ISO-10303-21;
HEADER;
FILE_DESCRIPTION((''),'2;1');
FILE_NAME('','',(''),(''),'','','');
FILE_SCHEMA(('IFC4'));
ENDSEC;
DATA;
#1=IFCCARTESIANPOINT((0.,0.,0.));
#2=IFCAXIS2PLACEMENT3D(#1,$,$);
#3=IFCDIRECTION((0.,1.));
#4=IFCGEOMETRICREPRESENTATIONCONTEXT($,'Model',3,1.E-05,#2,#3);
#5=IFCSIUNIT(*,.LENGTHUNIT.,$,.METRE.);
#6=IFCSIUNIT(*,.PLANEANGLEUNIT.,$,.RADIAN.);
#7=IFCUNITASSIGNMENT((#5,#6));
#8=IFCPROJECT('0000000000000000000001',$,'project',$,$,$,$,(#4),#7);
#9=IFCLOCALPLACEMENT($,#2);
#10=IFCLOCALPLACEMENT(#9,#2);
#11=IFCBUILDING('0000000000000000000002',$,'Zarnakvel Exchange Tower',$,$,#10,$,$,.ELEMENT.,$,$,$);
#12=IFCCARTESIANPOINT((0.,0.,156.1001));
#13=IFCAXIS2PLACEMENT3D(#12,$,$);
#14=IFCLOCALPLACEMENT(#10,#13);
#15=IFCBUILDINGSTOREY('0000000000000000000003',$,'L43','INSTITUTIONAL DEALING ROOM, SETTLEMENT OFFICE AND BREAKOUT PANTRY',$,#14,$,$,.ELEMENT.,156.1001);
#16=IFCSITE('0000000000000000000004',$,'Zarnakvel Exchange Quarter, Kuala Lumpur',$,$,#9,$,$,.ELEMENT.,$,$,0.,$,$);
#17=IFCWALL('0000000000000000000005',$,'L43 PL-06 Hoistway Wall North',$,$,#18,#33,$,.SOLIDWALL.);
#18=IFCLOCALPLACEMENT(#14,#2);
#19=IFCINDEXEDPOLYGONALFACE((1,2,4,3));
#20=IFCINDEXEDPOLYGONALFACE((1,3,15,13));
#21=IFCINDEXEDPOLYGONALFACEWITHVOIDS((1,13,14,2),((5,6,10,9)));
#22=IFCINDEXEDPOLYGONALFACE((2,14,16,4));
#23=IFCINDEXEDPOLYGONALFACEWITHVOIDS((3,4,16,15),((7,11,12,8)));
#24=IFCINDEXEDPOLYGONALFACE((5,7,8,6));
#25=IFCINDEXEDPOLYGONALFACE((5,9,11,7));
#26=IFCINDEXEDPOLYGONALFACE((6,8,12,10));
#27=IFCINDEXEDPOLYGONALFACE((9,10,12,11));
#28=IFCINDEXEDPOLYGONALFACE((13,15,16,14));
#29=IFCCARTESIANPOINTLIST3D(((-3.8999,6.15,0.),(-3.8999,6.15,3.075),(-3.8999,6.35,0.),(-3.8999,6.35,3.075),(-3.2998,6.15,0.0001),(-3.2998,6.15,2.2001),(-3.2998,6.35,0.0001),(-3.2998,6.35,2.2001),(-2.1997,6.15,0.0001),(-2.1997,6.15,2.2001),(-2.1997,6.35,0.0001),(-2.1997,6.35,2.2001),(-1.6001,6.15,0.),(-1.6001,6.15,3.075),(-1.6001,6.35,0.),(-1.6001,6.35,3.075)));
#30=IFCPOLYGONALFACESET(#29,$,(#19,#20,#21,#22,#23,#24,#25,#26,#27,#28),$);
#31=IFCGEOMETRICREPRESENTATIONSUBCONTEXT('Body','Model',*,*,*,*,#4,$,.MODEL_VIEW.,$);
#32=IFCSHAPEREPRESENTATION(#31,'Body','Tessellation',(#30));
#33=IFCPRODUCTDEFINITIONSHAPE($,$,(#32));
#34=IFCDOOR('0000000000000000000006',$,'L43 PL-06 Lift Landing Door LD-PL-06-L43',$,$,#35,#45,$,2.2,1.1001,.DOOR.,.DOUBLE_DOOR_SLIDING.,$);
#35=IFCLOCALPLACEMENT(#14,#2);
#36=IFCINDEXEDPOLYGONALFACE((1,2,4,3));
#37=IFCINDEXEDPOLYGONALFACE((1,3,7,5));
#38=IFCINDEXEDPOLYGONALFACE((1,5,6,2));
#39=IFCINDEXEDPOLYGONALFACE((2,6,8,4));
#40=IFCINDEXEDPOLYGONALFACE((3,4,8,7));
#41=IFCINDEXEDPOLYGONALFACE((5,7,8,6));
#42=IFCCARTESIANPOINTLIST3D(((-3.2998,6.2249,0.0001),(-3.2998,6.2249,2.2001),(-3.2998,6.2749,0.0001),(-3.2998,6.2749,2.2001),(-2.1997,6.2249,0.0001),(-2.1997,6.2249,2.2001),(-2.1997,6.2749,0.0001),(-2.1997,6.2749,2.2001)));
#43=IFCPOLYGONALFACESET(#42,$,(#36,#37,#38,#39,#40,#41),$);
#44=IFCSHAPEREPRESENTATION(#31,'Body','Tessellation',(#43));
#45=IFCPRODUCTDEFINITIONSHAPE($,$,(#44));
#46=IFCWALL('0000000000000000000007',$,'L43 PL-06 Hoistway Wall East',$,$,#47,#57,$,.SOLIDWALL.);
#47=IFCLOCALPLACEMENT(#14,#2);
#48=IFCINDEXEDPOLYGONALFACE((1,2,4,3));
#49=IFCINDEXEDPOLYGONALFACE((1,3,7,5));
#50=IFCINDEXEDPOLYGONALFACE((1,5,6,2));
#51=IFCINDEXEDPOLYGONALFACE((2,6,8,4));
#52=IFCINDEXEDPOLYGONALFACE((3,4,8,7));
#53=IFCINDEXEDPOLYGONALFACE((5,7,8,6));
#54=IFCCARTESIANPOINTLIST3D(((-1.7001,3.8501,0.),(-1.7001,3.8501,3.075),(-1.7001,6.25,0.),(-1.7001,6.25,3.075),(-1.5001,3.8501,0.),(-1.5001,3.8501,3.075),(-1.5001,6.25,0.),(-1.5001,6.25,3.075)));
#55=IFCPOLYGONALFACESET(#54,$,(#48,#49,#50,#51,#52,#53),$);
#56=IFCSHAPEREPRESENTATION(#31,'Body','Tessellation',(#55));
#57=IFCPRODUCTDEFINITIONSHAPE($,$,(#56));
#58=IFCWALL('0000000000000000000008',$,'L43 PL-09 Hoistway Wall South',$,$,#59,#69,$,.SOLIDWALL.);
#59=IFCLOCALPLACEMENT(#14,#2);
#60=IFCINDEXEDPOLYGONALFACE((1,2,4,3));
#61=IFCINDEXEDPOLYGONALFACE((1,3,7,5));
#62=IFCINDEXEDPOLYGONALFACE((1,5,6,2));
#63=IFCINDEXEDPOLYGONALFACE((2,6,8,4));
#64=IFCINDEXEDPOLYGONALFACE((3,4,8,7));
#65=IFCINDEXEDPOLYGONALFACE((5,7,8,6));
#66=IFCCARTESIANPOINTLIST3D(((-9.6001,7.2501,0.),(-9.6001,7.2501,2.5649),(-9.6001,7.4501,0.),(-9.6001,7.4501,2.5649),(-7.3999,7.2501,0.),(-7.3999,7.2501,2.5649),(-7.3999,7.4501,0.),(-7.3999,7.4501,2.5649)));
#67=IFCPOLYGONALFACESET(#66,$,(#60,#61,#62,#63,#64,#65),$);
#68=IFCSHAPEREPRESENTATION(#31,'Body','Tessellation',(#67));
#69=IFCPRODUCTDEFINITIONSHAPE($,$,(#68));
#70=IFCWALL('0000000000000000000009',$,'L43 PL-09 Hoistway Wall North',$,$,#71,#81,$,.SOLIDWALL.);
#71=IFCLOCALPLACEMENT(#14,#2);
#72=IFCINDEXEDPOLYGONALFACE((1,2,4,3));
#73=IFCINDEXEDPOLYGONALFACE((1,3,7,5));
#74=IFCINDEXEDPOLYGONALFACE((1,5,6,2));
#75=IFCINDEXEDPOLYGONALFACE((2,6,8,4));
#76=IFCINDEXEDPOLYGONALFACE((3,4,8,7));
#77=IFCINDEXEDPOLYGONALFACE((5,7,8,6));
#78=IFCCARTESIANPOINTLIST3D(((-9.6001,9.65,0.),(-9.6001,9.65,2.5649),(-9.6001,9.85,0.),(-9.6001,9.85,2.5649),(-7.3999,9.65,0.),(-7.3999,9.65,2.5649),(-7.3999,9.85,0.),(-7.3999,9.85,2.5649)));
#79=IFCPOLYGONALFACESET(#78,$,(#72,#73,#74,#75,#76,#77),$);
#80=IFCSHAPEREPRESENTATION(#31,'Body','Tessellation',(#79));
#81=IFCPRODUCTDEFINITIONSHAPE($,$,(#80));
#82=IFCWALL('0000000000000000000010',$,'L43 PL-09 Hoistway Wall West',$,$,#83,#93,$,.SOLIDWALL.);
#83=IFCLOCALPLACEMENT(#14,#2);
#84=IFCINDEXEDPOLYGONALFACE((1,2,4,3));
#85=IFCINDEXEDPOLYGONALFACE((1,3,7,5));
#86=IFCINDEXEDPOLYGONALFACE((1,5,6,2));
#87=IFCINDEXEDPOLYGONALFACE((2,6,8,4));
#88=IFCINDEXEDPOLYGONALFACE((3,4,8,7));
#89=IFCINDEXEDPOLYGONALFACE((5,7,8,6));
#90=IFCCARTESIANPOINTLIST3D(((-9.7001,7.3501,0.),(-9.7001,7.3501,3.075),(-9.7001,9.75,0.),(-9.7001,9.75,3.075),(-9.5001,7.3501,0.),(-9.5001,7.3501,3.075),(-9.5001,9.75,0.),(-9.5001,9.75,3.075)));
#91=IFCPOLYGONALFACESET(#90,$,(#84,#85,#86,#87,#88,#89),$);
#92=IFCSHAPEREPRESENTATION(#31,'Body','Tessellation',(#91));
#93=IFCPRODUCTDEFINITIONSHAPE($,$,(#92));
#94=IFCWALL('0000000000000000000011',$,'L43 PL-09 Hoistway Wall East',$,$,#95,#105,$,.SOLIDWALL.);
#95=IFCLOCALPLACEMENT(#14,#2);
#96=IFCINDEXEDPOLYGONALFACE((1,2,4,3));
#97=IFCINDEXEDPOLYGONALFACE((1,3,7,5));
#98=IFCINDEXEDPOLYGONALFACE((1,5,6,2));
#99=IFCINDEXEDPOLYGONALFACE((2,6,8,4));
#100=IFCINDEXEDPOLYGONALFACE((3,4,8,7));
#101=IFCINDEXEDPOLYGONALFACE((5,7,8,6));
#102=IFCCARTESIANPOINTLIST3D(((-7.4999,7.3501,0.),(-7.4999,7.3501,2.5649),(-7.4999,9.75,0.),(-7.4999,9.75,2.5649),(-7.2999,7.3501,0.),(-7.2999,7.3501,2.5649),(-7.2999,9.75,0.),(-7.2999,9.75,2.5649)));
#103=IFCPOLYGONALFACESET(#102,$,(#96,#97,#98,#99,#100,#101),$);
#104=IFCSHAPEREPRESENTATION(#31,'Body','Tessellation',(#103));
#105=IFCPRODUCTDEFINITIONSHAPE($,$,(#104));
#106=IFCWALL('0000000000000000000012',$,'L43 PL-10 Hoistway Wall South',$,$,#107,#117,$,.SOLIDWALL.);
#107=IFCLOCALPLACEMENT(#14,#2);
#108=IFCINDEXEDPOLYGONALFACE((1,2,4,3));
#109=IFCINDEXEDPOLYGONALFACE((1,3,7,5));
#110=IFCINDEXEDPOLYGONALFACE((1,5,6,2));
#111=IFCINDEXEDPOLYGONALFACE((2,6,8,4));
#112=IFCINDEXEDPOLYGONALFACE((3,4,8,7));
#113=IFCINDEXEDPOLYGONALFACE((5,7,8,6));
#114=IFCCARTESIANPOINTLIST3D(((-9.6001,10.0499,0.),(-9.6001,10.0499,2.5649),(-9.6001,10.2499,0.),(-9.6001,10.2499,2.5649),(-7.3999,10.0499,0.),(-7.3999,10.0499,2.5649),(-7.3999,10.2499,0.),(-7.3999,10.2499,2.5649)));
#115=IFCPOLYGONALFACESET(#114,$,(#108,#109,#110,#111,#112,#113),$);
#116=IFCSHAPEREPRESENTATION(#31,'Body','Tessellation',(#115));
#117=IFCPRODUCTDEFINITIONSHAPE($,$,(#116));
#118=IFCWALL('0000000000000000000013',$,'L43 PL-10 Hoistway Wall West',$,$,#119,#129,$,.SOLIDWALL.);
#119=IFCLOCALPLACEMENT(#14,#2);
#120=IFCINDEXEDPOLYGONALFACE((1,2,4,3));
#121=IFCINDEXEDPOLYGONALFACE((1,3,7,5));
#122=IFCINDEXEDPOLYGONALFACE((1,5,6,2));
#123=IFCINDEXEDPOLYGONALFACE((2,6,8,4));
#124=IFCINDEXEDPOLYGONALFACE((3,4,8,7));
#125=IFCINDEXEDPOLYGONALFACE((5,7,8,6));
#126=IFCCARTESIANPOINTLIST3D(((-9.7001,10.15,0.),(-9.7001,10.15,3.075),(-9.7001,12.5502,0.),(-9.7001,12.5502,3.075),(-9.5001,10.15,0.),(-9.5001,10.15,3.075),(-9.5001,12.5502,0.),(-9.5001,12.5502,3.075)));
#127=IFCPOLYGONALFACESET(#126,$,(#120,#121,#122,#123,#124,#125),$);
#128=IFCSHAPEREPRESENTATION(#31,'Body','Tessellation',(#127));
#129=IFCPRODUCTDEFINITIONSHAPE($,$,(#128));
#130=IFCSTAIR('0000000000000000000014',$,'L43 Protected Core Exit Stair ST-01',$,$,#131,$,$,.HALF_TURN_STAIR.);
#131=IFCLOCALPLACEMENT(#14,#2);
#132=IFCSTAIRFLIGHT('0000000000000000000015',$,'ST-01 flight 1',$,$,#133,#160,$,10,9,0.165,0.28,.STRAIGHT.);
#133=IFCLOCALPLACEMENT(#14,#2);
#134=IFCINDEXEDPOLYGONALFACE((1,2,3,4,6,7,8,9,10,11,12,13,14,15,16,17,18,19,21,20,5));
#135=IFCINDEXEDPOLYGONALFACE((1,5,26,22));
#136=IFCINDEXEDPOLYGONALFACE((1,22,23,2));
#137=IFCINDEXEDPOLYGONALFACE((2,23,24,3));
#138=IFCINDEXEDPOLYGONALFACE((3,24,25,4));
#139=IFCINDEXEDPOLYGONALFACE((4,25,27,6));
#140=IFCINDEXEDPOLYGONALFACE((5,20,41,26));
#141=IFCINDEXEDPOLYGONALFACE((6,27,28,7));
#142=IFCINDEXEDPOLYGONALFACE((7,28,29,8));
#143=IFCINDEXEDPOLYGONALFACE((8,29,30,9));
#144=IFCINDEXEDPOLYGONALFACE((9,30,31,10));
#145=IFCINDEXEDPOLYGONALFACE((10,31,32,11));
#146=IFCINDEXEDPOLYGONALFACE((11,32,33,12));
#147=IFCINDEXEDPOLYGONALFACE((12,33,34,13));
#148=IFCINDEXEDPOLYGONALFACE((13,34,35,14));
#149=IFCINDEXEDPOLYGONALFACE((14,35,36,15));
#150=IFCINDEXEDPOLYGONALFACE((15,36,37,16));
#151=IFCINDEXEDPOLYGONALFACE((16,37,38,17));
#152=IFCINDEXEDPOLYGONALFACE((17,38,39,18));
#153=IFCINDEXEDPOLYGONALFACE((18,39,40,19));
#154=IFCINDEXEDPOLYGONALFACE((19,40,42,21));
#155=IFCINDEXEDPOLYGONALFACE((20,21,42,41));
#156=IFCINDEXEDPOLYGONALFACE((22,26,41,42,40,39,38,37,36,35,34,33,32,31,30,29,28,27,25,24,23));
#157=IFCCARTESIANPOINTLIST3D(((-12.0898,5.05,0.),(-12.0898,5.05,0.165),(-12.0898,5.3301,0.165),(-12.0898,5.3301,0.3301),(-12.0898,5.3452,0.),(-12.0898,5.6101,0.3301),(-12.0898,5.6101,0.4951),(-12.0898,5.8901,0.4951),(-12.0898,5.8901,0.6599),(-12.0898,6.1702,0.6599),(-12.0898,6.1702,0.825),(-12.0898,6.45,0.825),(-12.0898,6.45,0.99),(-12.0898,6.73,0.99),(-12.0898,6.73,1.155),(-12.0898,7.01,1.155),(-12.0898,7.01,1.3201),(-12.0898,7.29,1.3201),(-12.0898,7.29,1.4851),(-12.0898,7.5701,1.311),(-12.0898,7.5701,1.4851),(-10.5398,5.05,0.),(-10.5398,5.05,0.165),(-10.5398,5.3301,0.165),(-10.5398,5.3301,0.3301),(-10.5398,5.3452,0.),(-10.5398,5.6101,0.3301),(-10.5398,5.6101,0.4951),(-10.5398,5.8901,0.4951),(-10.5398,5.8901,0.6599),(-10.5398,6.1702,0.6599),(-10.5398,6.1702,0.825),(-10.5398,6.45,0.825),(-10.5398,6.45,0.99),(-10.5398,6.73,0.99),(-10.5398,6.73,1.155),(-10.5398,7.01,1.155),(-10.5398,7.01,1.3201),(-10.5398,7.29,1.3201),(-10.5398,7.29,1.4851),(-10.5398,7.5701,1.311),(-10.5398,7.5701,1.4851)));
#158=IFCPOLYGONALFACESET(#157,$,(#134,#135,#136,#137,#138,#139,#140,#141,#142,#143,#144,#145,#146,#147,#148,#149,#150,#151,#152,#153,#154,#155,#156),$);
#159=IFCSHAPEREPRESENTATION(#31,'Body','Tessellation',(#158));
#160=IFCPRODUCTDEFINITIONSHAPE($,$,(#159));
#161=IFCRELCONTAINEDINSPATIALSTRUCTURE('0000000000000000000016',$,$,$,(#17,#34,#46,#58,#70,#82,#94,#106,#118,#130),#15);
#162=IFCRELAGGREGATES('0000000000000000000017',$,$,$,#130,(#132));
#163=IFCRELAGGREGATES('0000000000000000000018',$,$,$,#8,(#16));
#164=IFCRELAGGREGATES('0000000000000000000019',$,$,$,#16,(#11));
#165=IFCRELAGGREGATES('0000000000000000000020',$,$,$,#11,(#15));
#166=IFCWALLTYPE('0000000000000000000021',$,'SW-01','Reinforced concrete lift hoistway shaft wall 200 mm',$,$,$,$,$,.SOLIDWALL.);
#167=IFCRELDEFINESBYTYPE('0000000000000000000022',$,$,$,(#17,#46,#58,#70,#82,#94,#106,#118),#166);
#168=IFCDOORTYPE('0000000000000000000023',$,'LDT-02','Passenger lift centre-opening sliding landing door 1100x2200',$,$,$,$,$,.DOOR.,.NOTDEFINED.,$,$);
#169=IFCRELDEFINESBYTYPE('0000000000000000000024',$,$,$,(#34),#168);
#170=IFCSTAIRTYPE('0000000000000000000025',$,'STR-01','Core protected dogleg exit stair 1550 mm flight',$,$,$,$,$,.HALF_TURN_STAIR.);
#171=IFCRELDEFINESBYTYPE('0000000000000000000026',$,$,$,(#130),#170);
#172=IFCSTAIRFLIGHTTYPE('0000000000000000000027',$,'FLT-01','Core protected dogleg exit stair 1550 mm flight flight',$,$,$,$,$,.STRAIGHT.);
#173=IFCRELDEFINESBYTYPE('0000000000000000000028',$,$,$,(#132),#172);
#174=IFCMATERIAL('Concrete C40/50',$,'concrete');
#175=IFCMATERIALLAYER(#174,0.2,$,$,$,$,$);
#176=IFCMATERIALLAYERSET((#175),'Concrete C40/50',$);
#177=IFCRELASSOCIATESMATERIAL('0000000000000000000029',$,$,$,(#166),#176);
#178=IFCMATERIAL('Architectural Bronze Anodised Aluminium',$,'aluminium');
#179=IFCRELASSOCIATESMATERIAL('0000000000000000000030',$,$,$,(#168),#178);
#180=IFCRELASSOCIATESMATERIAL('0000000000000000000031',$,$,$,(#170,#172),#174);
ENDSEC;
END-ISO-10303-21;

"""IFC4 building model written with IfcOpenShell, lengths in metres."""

from ifc_helpers import new_model, si_unit, direction, frame, frame_2d, origin, place, context, subcontext, project, spatial, polyline, rectangle, outline, extrude, source, transform, mapped, material, layer, layer_set, type_object, element, fill, aggregate, save


model = new_model("IFC4")

# Units and contexts
model_context = context("Model", 3, precision=1e-05, world=origin(), true_north=direction((0.0, 1.0)))
body_context = subcontext(model_context, "Body", "Model", "MODEL_VIEW")
ifc_project = project(units=[si_unit("LENGTHUNIT", "METRE"), si_unit("PLANEANGLEUNIT", "RADIAN")], contexts=[model_context])

# Site, building, storey
site_placement = place(None, origin())
site = spatial("IfcSite", under=ifc_project, at=site_placement, Name="Zarnakvel Exchange Quarter, Kuala Lumpur", CompositionType="ELEMENT", RefElevation=0.0)
building_placement = place(site_placement, origin())
building = spatial("IfcBuilding", under=site, at=building_placement, Name="Zarnakvel Exchange Tower", CompositionType="ELEMENT")
storey_placement = place(building_placement, frame((0.0, 0.0, 156.1001)))
storey = spatial("IfcBuildingStorey", under=building, at=storey_placement, Name="L43", Description="INSTITUTIONAL DEALING ROOM, SETTLEMENT OFFICE AND BREAKOUT PANTRY", CompositionType="ELEMENT", Elevation=156.1001)

# Shared definitions
ifc_material_1 = material(Name="Concrete C40/50", Category="concrete")
ifc_layer_1 = layer(ifc_material_1, 0.2)
ifc_layer_set_1 = layer_set([ifc_layer_1], Name="Concrete C40/50")
wall_type_1 = type_object("IfcWallType", Name="SW-01", Description="Reinforced concrete lift hoistway shaft wall 200 mm", PredefinedType="SOLIDWALL", material=ifc_layer_set_1)

# Shared definitions
ifc_material_2 = material(Name="Architectural Bronze Anodised Aluminium", Category="aluminium")
door_type_1 = type_object("IfcDoorType", Name="LDT-02", Description="Passenger lift centre-opening sliding landing door 1100x2200", OperationType="NOTDEFINED", PredefinedType="DOOR", material=ifc_material_2)
shared_shape_1 = source(origin(), body_context, "Body", "SweptSolid", [
    extrude(rectangle(XDim=1.1001, YDim=2.2, at=frame_2d((0.55, 1.1001))), frame((0.0, 0.0249, 0.0), z_axis=(0.0, -1.0, 0.0), x_axis=(1.0, 0.0, 0.0)), (0.0, 0.0, 1.0), 0.05),
])

# Wall, opening, door
wall_1_placement = place(storey_placement, frame((-3.8999, 6.25, 0.0), z_axis=(0.0, 0.0, 1.0), x_axis=(1.0, 0.0, 0.0)))
wall_1 = element("IfcWall", 1, at=wall_1_placement, inside=storey, type_object=wall_type_1, Name="L43 PL-06 Hoistway Wall North", PredefinedType="SOLIDWALL", context=body_context, shape_type="SweptSolid", body=[
    extrude(rectangle(XDim=2.2998, YDim=0.2, at=frame_2d((1.1499, 0.0))), origin(), (0.0, 0.0, 1.0), 3.075),
])
opening_1_placement = place(wall_1_placement, frame((0.6001, 0.0, 0.0)))
opening_1 = element("IfcOpeningElement", 2, at=opening_1_placement, cuts=wall_1, PredefinedType="OPENING", context=body_context, shape_type="SweptSolid", body=[
    extrude(rectangle(XDim=1.1001, YDim=2.2, at=frame_2d((0.55, 1.1001))), frame((0.0, 0.1099, 0.0), z_axis=(0.0, -1.0, 0.0), x_axis=(1.0, 0.0, 0.0)), (0.0, 0.0, 1.0), 0.22),
])
door_1_placement = place(opening_1_placement, origin())
door_1 = element("IfcDoor", 3, at=door_1_placement, inside=storey, type_object=door_type_1, Name="L43 PL-06 Lift Landing Door LD-PL-06-L43", OperationType="DOUBLE_DOOR_SLIDING", OverallHeight=2.2, OverallWidth=1.1001, PredefinedType="DOOR", context=body_context, shape_type="MappedRepresentation", body=[
    mapped(shared_shape_1, transform((0.0, 0.0, 0.0), x_axis=(1.0, 0.0, 0.0), y_axis=(0.0, 1.0, 0.0), z_axis=(0.0, 0.0, 1.0), scale=1.0)),
])
fill(opening_1, door_1)

# Walls
wall_2_placement = place(storey_placement, frame((-1.6001, 6.25, 0.0), z_axis=(0.0, 0.0, 1.0), x_axis=(0.0, -1.0, 0.0)))
element("IfcWall", 4, at=wall_2_placement, inside=storey, type_object=wall_type_1, Name="L43 PL-06 Hoistway Wall East", PredefinedType="SOLIDWALL", context=body_context, shape_type="SweptSolid", body=[
    extrude(rectangle(XDim=2.3999, YDim=0.2, at=frame_2d((1.2, 0.0))), origin(), (0.0, 0.0, 1.0), 3.075),
])
for number, where, z_axis, x_axis, name in (
    (5, (-7.3999, 7.3501, 0.0), (0.0, 0.0, 1.0), (-1.0, 0.0, 0.0), "L43 PL-09 Hoistway Wall South"),
    (6, (-9.6001, 9.75, 0.0), (0.0, 0.0, 1.0), (1.0, 0.0, 0.0), "L43 PL-09 Hoistway Wall North"),
):
    element("IfcWall", number, at=place(storey_placement, frame(where, z_axis=z_axis, x_axis=x_axis)), inside=storey, type_object=wall_type_1, Name=name, PredefinedType="SOLIDWALL", context=body_context, shape_type="SweptSolid", body=[
        extrude(rectangle(XDim=2.2002, YDim=0.2, at=frame_2d((1.1001, 0.0))), origin(), (0.0, 0.0, 1.0), 2.5649),
    ])
wall_3_placement = place(storey_placement, frame((-9.6001, 7.3501, 0.0), z_axis=(0.0, 0.0, 1.0), x_axis=(0.0, 1.0, 0.0)))
element("IfcWall", 7, at=wall_3_placement, inside=storey, type_object=wall_type_1, Name="L43 PL-09 Hoistway Wall West", PredefinedType="SOLIDWALL", context=body_context, shape_type="SweptSolid", body=[
    extrude(rectangle(XDim=2.3999, YDim=0.2, at=frame_2d((1.2, 0.0))), origin(), (0.0, 0.0, 1.0), 3.075),
])
wall_4_placement = place(storey_placement, frame((-7.3999, 9.75, 0.0), z_axis=(0.0, 0.0, 1.0), x_axis=(0.0, -1.0, 0.0)))
element("IfcWall", 8, at=wall_4_placement, inside=storey, type_object=wall_type_1, Name="L43 PL-09 Hoistway Wall East", PredefinedType="SOLIDWALL", context=body_context, shape_type="SweptSolid", body=[
    extrude(rectangle(XDim=2.3999, YDim=0.2, at=frame_2d((1.2, 0.0))), origin(), (0.0, 0.0, 1.0), 2.5649),
])
wall_5_placement = place(storey_placement, frame((-7.3999, 10.1499, 0.0), z_axis=(0.0, 0.0, 1.0), x_axis=(-1.0, 0.0, 0.0)))
element("IfcWall", 9, at=wall_5_placement, inside=storey, type_object=wall_type_1, Name="L43 PL-10 Hoistway Wall South", PredefinedType="SOLIDWALL", context=body_context, shape_type="SweptSolid", body=[
    extrude(rectangle(XDim=2.2002, YDim=0.2, at=frame_2d((1.1001, 0.0))), origin(), (0.0, 0.0, 1.0), 2.5649),
])
wall_6_placement = place(storey_placement, frame((-9.6001, 10.1499, 0.0), z_axis=(0.0, 0.0, 1.0), x_axis=(0.0, 1.0, 0.0)))
element("IfcWall", 10, at=wall_6_placement, inside=storey, type_object=wall_type_1, Name="L43 PL-10 Hoistway Wall West", PredefinedType="SOLIDWALL", context=body_context, shape_type="SweptSolid", body=[
    extrude(rectangle(XDim=2.4001, YDim=0.2, at=frame_2d((1.2002, 0.0))), origin(), (0.0, 0.0, 1.0), 3.075),
])

# Stair, stair flight
stair_type = type_object("IfcStairType", Name="STR-01", Description="Core protected dogleg exit stair 1550 mm flight", PredefinedType="HALF_TURN_STAIR", material=ifc_material_1)
stair_placement = place(storey_placement, origin())
stair = element("IfcStair", 11, at=stair_placement, inside=storey, type_object=stair_type, Name="L43 Protected Core Exit Stair ST-01", PredefinedType="HALF_TURN_STAIR")
stair_flight_type = type_object("IfcStairFlightType", Name="FLT-01", Description="Core protected dogleg exit stair 1550 mm flight flight", PredefinedType="STRAIGHT", material=ifc_material_1)
stair_flight_placement = place(storey_placement, frame((-11.3149, 5.05, 0.0), z_axis=(0.0, 0.0, 1.0), x_axis=(0.0, 1.0, 0.0)))
stair_flight = element("IfcStairFlight", 12, at=stair_flight_placement, type_object=stair_flight_type, Name="ST-01 flight 1", NumberOfRisers=10, NumberOfTreads=9, PredefinedType="STRAIGHT", RiserHeight=0.165, TreadLength=0.28, context=body_context, shape_type="SweptSolid", body=[
    extrude(outline(polyline([(0.0, 0.0), (0.0, 0.165), (0.28, 0.165), (0.28, 0.3301), (0.5601, 0.3301), (0.5601, 0.4951), (0.8401, 0.4951), (0.8401, 0.6599), (1.1201, 0.6599), (1.1201, 0.825), (1.3999, 0.825), (1.3999, 0.99), (1.6799, 0.99), (1.6799, 1.155), (1.96, 1.155), (1.96, 1.3201), (2.24, 1.3201), (2.24, 1.4851), (2.52, 1.4851), (2.52, 1.6499), (2.52, 1.311), (0.2952, 0.0), (0.0, 0.0)])), frame((0.0, 0.7749, 0.0), z_axis=(0.0, -1.0, 0.0), x_axis=(1.0, 0.0, 0.0)), (0.0, 0.0, 1.0), 1.55),
])
aggregate(stair, [stair_flight])

save(model, "model.ifc")
